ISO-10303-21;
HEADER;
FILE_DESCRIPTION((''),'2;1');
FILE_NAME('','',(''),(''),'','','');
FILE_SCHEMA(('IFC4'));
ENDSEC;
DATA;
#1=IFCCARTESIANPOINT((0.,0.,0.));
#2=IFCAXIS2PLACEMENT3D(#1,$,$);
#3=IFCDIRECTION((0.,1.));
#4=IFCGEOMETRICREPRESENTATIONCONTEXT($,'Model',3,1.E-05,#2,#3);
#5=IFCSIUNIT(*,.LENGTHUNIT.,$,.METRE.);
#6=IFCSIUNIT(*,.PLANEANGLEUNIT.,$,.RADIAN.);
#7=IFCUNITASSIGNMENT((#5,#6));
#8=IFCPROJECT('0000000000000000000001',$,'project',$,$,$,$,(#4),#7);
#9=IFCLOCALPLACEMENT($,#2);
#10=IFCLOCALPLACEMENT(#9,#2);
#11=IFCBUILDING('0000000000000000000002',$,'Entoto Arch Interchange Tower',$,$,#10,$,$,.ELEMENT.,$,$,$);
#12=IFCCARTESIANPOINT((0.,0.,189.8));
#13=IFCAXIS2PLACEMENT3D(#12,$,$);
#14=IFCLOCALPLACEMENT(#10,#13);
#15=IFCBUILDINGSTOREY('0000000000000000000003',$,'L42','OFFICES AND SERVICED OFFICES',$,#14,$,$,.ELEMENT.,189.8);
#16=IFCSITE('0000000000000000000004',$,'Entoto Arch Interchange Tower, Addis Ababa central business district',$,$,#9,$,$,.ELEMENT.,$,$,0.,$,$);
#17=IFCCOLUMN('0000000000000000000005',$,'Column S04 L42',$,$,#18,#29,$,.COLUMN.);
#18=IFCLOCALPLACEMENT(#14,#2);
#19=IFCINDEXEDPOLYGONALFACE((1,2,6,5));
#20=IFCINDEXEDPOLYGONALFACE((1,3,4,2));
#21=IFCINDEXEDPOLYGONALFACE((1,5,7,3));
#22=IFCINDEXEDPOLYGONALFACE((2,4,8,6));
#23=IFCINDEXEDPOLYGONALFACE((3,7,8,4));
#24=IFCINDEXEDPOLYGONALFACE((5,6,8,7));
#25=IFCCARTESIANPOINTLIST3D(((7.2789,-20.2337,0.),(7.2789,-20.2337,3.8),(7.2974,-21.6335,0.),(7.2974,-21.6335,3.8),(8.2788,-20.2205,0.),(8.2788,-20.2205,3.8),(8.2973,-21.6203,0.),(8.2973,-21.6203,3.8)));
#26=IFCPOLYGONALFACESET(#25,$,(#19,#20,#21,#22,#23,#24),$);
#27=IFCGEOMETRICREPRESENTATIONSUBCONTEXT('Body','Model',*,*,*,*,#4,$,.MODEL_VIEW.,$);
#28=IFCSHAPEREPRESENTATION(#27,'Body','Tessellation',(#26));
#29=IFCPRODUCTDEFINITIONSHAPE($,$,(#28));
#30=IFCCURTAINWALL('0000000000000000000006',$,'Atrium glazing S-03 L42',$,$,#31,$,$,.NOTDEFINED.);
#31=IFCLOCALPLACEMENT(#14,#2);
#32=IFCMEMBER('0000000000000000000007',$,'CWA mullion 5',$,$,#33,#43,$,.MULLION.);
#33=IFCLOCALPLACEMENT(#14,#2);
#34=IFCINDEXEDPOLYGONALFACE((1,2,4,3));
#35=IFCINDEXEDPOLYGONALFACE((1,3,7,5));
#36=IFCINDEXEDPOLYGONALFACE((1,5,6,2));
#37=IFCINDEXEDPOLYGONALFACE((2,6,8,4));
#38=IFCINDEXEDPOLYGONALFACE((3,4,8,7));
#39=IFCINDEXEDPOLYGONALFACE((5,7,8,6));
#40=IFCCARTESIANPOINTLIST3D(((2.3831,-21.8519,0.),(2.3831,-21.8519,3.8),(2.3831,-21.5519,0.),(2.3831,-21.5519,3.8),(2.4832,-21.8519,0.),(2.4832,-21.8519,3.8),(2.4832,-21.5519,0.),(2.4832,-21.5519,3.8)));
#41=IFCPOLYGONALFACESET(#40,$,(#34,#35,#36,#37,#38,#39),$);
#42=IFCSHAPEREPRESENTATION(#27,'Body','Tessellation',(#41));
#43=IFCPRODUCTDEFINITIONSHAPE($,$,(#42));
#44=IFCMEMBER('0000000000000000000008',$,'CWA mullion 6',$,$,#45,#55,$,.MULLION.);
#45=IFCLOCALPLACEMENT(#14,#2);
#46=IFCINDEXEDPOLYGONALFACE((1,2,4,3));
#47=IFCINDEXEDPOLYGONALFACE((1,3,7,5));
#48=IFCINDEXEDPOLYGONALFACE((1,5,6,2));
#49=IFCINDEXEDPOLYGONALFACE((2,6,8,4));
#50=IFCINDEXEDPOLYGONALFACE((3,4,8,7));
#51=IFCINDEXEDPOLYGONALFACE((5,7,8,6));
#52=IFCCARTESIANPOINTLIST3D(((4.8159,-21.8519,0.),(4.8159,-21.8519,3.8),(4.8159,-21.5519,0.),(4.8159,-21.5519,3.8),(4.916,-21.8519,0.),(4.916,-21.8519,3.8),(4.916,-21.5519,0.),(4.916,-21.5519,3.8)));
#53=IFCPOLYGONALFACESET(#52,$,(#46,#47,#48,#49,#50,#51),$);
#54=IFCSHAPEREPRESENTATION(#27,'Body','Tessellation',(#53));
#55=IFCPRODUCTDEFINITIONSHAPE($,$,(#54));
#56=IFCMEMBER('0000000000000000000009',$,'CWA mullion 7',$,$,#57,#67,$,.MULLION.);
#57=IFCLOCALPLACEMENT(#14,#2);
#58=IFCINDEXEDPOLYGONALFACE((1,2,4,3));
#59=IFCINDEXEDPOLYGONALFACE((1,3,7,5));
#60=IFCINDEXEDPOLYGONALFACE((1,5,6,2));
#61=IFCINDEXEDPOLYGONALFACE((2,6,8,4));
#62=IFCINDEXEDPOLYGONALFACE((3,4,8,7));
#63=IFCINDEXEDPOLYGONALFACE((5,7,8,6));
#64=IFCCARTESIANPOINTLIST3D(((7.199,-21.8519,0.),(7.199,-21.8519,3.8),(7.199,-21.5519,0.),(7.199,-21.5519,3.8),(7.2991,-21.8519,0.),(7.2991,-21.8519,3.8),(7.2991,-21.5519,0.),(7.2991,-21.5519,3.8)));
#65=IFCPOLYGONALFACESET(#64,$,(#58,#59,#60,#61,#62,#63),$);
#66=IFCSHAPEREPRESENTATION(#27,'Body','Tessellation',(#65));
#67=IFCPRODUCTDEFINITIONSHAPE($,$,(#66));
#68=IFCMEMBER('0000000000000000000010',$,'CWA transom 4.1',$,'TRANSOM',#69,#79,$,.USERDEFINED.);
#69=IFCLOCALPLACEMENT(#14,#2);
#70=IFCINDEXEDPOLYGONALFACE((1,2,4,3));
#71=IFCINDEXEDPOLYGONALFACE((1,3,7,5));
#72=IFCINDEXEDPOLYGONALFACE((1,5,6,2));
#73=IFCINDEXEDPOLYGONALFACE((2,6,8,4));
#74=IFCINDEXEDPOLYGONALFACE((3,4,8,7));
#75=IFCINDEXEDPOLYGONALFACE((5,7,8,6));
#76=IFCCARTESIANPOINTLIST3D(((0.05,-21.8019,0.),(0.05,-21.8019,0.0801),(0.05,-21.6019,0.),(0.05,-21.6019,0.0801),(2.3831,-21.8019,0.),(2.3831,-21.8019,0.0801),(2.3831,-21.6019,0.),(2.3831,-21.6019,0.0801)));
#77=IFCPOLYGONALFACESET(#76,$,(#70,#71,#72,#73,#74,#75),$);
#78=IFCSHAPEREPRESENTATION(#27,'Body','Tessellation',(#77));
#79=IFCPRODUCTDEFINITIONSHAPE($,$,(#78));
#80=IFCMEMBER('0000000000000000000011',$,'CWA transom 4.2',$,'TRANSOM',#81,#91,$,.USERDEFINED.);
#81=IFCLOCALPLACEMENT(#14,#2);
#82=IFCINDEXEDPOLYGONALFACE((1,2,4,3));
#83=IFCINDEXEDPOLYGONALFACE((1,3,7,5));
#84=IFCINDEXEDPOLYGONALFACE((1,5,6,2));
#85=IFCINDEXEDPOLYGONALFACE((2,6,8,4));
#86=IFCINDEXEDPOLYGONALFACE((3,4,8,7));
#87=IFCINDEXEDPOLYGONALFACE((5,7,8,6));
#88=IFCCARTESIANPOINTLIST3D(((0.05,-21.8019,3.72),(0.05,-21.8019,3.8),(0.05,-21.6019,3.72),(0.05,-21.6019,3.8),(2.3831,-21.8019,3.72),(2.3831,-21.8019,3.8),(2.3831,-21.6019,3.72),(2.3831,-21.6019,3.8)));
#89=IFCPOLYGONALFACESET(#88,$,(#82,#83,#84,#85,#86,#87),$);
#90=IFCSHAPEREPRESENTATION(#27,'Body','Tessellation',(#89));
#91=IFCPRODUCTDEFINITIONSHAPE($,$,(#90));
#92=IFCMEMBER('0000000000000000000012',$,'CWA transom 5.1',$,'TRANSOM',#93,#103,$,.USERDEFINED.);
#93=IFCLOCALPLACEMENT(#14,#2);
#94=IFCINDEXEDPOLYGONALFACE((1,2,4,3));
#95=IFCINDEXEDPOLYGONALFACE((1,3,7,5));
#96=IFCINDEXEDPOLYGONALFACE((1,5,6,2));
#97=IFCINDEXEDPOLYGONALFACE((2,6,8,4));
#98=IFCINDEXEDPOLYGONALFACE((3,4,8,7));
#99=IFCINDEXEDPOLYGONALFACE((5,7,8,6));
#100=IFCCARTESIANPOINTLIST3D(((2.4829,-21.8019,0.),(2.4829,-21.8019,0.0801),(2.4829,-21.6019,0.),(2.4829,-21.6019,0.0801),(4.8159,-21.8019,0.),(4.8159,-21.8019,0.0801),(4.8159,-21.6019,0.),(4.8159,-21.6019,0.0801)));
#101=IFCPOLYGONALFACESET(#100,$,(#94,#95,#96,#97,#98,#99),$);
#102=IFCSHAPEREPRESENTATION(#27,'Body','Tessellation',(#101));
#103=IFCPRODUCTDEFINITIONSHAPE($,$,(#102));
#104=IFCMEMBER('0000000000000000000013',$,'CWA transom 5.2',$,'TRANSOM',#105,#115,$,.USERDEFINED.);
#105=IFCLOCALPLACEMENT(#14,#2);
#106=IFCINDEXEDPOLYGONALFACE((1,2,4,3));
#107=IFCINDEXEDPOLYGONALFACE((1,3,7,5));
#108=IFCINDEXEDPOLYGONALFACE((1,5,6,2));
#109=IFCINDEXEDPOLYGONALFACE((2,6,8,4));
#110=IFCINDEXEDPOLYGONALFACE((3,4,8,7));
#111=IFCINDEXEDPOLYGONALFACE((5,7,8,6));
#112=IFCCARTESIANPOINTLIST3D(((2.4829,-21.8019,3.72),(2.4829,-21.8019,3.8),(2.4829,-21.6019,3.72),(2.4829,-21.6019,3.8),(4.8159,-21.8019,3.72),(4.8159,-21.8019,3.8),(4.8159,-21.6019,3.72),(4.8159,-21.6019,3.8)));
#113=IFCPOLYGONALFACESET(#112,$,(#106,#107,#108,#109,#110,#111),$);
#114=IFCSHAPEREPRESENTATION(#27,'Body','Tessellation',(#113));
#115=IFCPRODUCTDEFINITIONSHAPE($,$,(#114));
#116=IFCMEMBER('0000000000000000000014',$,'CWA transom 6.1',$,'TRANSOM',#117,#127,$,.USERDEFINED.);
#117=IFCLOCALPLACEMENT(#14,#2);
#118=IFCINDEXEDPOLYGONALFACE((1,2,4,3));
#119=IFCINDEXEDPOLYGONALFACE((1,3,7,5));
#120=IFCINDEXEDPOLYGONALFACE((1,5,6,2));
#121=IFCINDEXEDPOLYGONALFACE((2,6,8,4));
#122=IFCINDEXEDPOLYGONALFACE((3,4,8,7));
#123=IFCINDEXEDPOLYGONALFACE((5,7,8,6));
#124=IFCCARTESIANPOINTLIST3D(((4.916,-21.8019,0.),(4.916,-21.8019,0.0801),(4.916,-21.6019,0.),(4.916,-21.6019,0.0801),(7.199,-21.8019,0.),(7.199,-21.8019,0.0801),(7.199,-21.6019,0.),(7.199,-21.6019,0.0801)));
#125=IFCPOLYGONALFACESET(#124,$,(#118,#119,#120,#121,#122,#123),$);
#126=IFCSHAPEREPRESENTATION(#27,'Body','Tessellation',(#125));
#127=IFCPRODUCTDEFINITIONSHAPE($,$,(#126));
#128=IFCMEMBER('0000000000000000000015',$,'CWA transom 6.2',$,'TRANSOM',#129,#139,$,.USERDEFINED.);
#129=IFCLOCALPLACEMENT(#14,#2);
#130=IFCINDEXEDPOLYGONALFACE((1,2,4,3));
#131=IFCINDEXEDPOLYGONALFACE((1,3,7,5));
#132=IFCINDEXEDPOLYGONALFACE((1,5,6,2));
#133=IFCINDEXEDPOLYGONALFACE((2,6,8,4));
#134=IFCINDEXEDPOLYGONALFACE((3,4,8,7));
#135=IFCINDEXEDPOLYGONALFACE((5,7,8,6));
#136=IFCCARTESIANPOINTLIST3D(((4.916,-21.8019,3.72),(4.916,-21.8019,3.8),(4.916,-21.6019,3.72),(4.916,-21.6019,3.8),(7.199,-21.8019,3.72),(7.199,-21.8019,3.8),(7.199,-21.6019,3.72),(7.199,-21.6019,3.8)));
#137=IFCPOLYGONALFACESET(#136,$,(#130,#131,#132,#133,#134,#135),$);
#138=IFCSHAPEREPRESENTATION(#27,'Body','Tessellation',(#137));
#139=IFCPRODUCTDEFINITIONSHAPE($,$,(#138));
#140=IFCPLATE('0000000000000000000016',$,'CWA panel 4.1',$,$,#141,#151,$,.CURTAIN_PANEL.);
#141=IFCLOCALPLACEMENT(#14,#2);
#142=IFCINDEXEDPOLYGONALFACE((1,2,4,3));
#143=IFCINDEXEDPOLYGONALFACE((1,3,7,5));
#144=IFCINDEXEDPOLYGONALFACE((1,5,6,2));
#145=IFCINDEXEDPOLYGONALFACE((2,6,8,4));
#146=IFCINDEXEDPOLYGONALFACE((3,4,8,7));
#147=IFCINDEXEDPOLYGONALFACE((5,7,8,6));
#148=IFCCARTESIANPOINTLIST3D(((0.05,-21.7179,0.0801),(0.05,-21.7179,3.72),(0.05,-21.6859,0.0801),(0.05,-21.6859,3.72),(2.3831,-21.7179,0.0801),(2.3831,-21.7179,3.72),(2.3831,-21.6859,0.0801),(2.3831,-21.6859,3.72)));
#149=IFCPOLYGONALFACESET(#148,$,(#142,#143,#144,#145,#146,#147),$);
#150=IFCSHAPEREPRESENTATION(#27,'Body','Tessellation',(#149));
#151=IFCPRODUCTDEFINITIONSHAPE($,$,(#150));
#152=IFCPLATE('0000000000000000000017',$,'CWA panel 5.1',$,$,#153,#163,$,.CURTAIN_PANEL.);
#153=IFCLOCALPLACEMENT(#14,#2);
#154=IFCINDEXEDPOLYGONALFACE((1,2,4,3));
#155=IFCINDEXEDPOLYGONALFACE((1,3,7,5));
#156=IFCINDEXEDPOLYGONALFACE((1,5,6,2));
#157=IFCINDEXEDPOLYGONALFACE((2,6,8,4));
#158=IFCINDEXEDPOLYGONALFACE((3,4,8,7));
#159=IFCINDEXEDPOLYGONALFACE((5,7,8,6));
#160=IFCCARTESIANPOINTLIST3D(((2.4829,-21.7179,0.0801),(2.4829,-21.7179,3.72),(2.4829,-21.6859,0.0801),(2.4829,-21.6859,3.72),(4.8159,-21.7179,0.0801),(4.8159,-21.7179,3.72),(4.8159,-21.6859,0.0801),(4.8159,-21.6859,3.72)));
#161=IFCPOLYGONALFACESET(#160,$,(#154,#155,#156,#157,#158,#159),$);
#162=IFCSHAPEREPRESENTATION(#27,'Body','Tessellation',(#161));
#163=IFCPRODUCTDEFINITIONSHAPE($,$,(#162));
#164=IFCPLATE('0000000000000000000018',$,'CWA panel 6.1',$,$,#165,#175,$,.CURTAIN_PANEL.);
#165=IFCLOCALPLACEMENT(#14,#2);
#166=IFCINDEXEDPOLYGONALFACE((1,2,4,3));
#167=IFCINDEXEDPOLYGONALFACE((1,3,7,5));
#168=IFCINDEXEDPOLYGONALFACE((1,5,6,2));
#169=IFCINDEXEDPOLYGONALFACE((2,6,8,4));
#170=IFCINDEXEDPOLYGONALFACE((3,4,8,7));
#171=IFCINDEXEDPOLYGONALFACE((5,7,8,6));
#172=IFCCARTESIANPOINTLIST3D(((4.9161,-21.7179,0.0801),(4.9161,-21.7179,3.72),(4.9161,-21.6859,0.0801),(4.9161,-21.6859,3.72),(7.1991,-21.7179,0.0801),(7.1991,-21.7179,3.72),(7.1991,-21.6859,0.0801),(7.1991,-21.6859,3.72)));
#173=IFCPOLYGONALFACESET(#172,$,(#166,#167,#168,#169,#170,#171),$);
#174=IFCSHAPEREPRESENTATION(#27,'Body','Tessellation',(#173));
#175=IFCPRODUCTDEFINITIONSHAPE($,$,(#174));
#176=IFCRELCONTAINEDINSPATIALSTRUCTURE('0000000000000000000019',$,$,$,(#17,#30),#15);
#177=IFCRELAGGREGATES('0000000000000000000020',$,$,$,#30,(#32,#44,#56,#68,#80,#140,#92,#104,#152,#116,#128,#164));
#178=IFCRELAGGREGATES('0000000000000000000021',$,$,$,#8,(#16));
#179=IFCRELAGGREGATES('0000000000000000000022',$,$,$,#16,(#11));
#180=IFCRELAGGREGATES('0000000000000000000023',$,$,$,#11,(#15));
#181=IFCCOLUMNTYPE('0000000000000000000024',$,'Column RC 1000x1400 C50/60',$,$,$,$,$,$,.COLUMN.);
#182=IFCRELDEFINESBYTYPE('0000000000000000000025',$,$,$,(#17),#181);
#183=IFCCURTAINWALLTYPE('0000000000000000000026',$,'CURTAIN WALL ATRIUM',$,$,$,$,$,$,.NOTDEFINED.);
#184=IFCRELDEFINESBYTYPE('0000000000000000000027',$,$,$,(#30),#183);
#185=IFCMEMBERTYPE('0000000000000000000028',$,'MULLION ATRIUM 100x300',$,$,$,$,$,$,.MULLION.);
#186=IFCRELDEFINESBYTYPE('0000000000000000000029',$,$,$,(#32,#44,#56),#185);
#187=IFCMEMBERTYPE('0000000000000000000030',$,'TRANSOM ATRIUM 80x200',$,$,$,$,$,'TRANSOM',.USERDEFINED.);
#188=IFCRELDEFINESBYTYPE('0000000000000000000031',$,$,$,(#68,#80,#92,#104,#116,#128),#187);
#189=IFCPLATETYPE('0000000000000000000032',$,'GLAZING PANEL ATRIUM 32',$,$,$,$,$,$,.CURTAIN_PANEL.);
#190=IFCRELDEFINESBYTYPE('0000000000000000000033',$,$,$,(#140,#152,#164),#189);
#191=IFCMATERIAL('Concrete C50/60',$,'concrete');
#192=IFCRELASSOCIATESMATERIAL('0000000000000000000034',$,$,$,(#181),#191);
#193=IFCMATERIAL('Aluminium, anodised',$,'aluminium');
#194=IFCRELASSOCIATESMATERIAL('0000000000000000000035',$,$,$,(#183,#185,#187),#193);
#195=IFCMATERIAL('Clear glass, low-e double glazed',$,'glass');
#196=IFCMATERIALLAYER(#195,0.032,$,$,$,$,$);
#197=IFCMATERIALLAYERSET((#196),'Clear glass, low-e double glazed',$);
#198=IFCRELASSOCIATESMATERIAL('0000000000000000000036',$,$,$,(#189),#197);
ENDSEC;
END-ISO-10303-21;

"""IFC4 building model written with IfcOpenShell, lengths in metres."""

from ifc_helpers import new_model, si_unit, direction, frame, origin, origin_2d, place, context, subcontext, project, spatial, rectangle, extrude, material, layer, layer_set, material_profile, profile_set, type_object, element, aggregate, save


model = new_model("IFC4")

# Units and contexts
model_context = context("Model", 3, precision=1e-05, world=origin(), true_north=direction((0.0, 1.0)))
body_context = subcontext(model_context, "Body", "Model", "MODEL_VIEW")
ifc_project = project(units=[si_unit("LENGTHUNIT", "METRE"), si_unit("PLANEANGLEUNIT", "RADIAN")], contexts=[model_context])

# Site, building, storey
site_placement = place(None, origin())
site = spatial("IfcSite", under=ifc_project, at=site_placement, Name="Entoto Arch Interchange Tower, Addis Ababa central business district", CompositionType="ELEMENT", RefElevation=0.0)
building_placement = place(site_placement, origin())
building = spatial("IfcBuilding", under=site, at=building_placement, Name="Entoto Arch Interchange Tower", CompositionType="ELEMENT")
storey_placement = place(building_placement, frame((0.0, 0.0, 189.8)))
storey = spatial("IfcBuildingStorey", under=building, at=storey_placement, Name="L42", Description="OFFICES AND SERVICED OFFICES", CompositionType="ELEMENT", Elevation=189.8)

# Column
ifc_material_1 = material(Name="Concrete C50/60", Category="concrete")
ifc_material_profile_1 = material_profile(ifc_material_1, rectangle(XDim=1.0, YDim=1.3999, at=origin_2d()))
ifc_profile_set_1 = profile_set([ifc_material_profile_1], Name="Concrete C50/60")
column_type = type_object("IfcColumnType", Name="Column RC 1000x1400 C50/60", PredefinedType="COLUMN", material=ifc_profile_set_1)
column_placement = place(storey_placement, frame((7.7881, -20.927, 0.0), z_axis=(0.0, 0.0, 1.0), x_axis=(0.999913, 0.013177, 0.0)))
element("IfcColumn", 1, at=column_placement, inside=storey, type_object=column_type, Name="Column S04 L42", PredefinedType="COLUMN", context=body_context, shape_type="SweptSolid", body=[
    extrude(rectangle(XDim=1.0, YDim=1.3999, at=origin_2d()), origin(), (0.0, 0.0, 1.0), 3.8),
])

# Curtain wall, members, plates
ifc_material_2 = material(Name="Aluminium, anodised", Category="aluminium")
curtain_wall_type = type_object("IfcCurtainWallType", Name="CURTAIN WALL ATRIUM", PredefinedType="NOTDEFINED", material=ifc_material_2)
curtain_wall_placement = place(storey_placement, origin())
curtain_wall = element("IfcCurtainWall", 2, at=curtain_wall_placement, inside=storey, type_object=curtain_wall_type, Name="Atrium glazing S-03 L42", PredefinedType="NOTDEFINED")
ifc_material_profile_2 = material_profile(ifc_material_2, rectangle(XDim=0.3, YDim=0.1001, at=origin_2d()))
ifc_profile_set_2 = profile_set([ifc_material_profile_2], Name="Aluminium, anodised")
member_type_1 = type_object("IfcMemberType", Name="MULLION ATRIUM 100x300", PredefinedType="MULLION", material=ifc_profile_set_2)
member_1_placement = place(storey_placement, frame((2.4331, -21.7019, 0.0), z_axis=(0.0, 0.0, 1.0), x_axis=(0.0, 1.0, 0.0)))
member_1 = element("IfcMember", 3, at=member_1_placement, type_object=member_type_1, Name="CWA mullion 5", PredefinedType="MULLION", context=body_context, shape_type="SweptSolid", body=[
    extrude(rectangle(XDim=0.3, YDim=0.1001, at=origin_2d()), origin(), (0.0, 0.0, 1.0), 3.8),
])
member_2_placement = place(storey_placement, frame((4.866, -21.7019, 0.0), z_axis=(0.0, 0.0, 1.0), x_axis=(0.0, 1.0, 0.0)))
member_2 = element("IfcMember", 4, at=member_2_placement, type_object=member_type_1, Name="CWA mullion 6", PredefinedType="MULLION", context=body_context, shape_type="SweptSolid", body=[
    extrude(rectangle(XDim=0.3, YDim=0.1001, at=origin_2d()), origin(), (0.0, 0.0, 1.0), 3.8),
])
member_3_placement = place(storey_placement, frame((7.249, -21.7019, 0.0), z_axis=(0.0, 0.0, 1.0), x_axis=(0.0, 1.0, 0.0)))
member_3 = element("IfcMember", 5, at=member_3_placement, type_object=member_type_1, Name="CWA mullion 7", PredefinedType="MULLION", context=body_context, shape_type="SweptSolid", body=[
    extrude(rectangle(XDim=0.3, YDim=0.1001, at=origin_2d()), origin(), (0.0, 0.0, 1.0), 3.8),
])
ifc_material_profile_3 = material_profile(ifc_material_2, rectangle(XDim=0.2, YDim=0.0801, at=origin_2d()))
ifc_profile_set_3 = profile_set([ifc_material_profile_3], Name="Aluminium, anodised")
member_type_2 = type_object("IfcMemberType", Name="TRANSOM ATRIUM 80x200", ElementType="TRANSOM", PredefinedType="USERDEFINED", material=ifc_profile_set_3)
member_4_placement = place(storey_placement, frame((0.05, -21.7019, 0.04), z_axis=(1.0, 0.0, 0.0), x_axis=(0.0, 1.0, 0.0)))
member_4 = element("IfcMember", 6, at=member_4_placement, type_object=member_type_2, Name="CWA transom 4.1", ObjectType="TRANSOM", PredefinedType="USERDEFINED", context=body_context, shape_type="SweptSolid", body=[
    extrude(rectangle(XDim=0.2, YDim=0.0801, at=origin_2d()), origin(), (0.0, 0.0, 1.0), 2.333),
])
member_5_placement = place(storey_placement, frame((0.05, -21.7019, 3.76), z_axis=(1.0, 0.0, 0.0), x_axis=(0.0, 1.0, 0.0)))
member_5 = element("IfcMember", 7, at=member_5_placement, type_object=member_type_2, Name="CWA transom 4.2", ObjectType="TRANSOM", PredefinedType="USERDEFINED", context=body_context, shape_type="SweptSolid", body=[
    extrude(rectangle(XDim=0.2, YDim=0.0801, at=origin_2d()), origin(), (0.0, 0.0, 1.0), 2.333),
])
member_6_placement = place(storey_placement, frame((2.4829, -21.7019, 0.04), z_axis=(1.0, 0.0, 0.0), x_axis=(0.0, 1.0, 0.0)))
member_6 = element("IfcMember", 8, at=member_6_placement, type_object=member_type_2, Name="CWA transom 5.1", ObjectType="TRANSOM", PredefinedType="USERDEFINED", context=body_context, shape_type="SweptSolid", body=[
    extrude(rectangle(XDim=0.2, YDim=0.0801, at=origin_2d()), origin(), (0.0, 0.0, 1.0), 2.333),
])
member_7_placement = place(storey_placement, frame((2.4829, -21.7019, 3.76), z_axis=(1.0, 0.0, 0.0), x_axis=(0.0, 1.0, 0.0)))
member_7 = element("IfcMember", 9, at=member_7_placement, type_object=member_type_2, Name="CWA transom 5.2", ObjectType="TRANSOM", PredefinedType="USERDEFINED", context=body_context, shape_type="SweptSolid", body=[
    extrude(rectangle(XDim=0.2, YDim=0.0801, at=origin_2d()), origin(), (0.0, 0.0, 1.0), 2.333),
])
member_8_placement = place(storey_placement, frame((4.916, -21.7019, 0.04), z_axis=(1.0, 0.0, 0.0), x_axis=(0.0, 1.0, 0.0)))
member_8 = element("IfcMember", 10, at=member_8_placement, type_object=member_type_2, Name="CWA transom 6.1", ObjectType="TRANSOM", PredefinedType="USERDEFINED", context=body_context, shape_type="SweptSolid", body=[
    extrude(rectangle(XDim=0.2, YDim=0.0801, at=origin_2d()), origin(), (0.0, 0.0, 1.0), 2.283),
])
member_9_placement = place(storey_placement, frame((4.916, -21.7019, 3.76), z_axis=(1.0, 0.0, 0.0), x_axis=(0.0, 1.0, 0.0)))
member_9 = element("IfcMember", 11, at=member_9_placement, type_object=member_type_2, Name="CWA transom 6.2", ObjectType="TRANSOM", PredefinedType="USERDEFINED", context=body_context, shape_type="SweptSolid", body=[
    extrude(rectangle(XDim=0.2, YDim=0.0801, at=origin_2d()), origin(), (0.0, 0.0, 1.0), 2.283),
])
ifc_material_3 = material(Name="Clear glass, low-e double glazed", Category="glass")
ifc_layer_1 = layer(ifc_material_3, 0.032)
ifc_layer_set_1 = layer_set([ifc_layer_1], Name="Clear glass, low-e double glazed")
plate_type = type_object("IfcPlateType", Name="GLAZING PANEL ATRIUM 32", PredefinedType="CURTAIN_PANEL", material=ifc_layer_set_1)
plate_1_placement = place(storey_placement, frame((1.2166, -21.7019, 0.0801), z_axis=(0.0, 0.0, 1.0), x_axis=(1.0, 0.0, 0.0)))
plate_1 = element("IfcPlate", 12, at=plate_1_placement, type_object=plate_type, Name="CWA panel 4.1", PredefinedType="CURTAIN_PANEL", context=body_context, shape_type="SweptSolid", body=[
    extrude(rectangle(XDim=2.333, YDim=0.032, at=origin_2d()), origin(), (0.0, 0.0, 1.0), 3.6399),
])
plate_2_placement = place(storey_placement, frame((3.6494, -21.7019, 0.0801), z_axis=(0.0, 0.0, 1.0), x_axis=(1.0, 0.0, 0.0)))
plate_2 = element("IfcPlate", 13, at=plate_2_placement, type_object=plate_type, Name="CWA panel 5.1", PredefinedType="CURTAIN_PANEL", context=body_context, shape_type="SweptSolid", body=[
    extrude(rectangle(XDim=2.333, YDim=0.032, at=origin_2d()), origin(), (0.0, 0.0, 1.0), 3.6399),
])
plate_3_placement = place(storey_placement, frame((6.0576, -21.7019, 0.0801), z_axis=(0.0, 0.0, 1.0), x_axis=(1.0, 0.0, 0.0)))
plate_3 = element("IfcPlate", 14, at=plate_3_placement, type_object=plate_type, Name="CWA panel 6.1", PredefinedType="CURTAIN_PANEL", context=body_context, shape_type="SweptSolid", body=[
    extrude(rectangle(XDim=2.283, YDim=0.032, at=origin_2d()), origin(), (0.0, 0.0, 1.0), 3.6399),
])
aggregate(curtain_wall, [member_1, member_2, member_3, member_4, member_5, plate_1, member_6, member_7, plate_2, member_8, member_9, plate_3])

save(model, "model.ifc")
